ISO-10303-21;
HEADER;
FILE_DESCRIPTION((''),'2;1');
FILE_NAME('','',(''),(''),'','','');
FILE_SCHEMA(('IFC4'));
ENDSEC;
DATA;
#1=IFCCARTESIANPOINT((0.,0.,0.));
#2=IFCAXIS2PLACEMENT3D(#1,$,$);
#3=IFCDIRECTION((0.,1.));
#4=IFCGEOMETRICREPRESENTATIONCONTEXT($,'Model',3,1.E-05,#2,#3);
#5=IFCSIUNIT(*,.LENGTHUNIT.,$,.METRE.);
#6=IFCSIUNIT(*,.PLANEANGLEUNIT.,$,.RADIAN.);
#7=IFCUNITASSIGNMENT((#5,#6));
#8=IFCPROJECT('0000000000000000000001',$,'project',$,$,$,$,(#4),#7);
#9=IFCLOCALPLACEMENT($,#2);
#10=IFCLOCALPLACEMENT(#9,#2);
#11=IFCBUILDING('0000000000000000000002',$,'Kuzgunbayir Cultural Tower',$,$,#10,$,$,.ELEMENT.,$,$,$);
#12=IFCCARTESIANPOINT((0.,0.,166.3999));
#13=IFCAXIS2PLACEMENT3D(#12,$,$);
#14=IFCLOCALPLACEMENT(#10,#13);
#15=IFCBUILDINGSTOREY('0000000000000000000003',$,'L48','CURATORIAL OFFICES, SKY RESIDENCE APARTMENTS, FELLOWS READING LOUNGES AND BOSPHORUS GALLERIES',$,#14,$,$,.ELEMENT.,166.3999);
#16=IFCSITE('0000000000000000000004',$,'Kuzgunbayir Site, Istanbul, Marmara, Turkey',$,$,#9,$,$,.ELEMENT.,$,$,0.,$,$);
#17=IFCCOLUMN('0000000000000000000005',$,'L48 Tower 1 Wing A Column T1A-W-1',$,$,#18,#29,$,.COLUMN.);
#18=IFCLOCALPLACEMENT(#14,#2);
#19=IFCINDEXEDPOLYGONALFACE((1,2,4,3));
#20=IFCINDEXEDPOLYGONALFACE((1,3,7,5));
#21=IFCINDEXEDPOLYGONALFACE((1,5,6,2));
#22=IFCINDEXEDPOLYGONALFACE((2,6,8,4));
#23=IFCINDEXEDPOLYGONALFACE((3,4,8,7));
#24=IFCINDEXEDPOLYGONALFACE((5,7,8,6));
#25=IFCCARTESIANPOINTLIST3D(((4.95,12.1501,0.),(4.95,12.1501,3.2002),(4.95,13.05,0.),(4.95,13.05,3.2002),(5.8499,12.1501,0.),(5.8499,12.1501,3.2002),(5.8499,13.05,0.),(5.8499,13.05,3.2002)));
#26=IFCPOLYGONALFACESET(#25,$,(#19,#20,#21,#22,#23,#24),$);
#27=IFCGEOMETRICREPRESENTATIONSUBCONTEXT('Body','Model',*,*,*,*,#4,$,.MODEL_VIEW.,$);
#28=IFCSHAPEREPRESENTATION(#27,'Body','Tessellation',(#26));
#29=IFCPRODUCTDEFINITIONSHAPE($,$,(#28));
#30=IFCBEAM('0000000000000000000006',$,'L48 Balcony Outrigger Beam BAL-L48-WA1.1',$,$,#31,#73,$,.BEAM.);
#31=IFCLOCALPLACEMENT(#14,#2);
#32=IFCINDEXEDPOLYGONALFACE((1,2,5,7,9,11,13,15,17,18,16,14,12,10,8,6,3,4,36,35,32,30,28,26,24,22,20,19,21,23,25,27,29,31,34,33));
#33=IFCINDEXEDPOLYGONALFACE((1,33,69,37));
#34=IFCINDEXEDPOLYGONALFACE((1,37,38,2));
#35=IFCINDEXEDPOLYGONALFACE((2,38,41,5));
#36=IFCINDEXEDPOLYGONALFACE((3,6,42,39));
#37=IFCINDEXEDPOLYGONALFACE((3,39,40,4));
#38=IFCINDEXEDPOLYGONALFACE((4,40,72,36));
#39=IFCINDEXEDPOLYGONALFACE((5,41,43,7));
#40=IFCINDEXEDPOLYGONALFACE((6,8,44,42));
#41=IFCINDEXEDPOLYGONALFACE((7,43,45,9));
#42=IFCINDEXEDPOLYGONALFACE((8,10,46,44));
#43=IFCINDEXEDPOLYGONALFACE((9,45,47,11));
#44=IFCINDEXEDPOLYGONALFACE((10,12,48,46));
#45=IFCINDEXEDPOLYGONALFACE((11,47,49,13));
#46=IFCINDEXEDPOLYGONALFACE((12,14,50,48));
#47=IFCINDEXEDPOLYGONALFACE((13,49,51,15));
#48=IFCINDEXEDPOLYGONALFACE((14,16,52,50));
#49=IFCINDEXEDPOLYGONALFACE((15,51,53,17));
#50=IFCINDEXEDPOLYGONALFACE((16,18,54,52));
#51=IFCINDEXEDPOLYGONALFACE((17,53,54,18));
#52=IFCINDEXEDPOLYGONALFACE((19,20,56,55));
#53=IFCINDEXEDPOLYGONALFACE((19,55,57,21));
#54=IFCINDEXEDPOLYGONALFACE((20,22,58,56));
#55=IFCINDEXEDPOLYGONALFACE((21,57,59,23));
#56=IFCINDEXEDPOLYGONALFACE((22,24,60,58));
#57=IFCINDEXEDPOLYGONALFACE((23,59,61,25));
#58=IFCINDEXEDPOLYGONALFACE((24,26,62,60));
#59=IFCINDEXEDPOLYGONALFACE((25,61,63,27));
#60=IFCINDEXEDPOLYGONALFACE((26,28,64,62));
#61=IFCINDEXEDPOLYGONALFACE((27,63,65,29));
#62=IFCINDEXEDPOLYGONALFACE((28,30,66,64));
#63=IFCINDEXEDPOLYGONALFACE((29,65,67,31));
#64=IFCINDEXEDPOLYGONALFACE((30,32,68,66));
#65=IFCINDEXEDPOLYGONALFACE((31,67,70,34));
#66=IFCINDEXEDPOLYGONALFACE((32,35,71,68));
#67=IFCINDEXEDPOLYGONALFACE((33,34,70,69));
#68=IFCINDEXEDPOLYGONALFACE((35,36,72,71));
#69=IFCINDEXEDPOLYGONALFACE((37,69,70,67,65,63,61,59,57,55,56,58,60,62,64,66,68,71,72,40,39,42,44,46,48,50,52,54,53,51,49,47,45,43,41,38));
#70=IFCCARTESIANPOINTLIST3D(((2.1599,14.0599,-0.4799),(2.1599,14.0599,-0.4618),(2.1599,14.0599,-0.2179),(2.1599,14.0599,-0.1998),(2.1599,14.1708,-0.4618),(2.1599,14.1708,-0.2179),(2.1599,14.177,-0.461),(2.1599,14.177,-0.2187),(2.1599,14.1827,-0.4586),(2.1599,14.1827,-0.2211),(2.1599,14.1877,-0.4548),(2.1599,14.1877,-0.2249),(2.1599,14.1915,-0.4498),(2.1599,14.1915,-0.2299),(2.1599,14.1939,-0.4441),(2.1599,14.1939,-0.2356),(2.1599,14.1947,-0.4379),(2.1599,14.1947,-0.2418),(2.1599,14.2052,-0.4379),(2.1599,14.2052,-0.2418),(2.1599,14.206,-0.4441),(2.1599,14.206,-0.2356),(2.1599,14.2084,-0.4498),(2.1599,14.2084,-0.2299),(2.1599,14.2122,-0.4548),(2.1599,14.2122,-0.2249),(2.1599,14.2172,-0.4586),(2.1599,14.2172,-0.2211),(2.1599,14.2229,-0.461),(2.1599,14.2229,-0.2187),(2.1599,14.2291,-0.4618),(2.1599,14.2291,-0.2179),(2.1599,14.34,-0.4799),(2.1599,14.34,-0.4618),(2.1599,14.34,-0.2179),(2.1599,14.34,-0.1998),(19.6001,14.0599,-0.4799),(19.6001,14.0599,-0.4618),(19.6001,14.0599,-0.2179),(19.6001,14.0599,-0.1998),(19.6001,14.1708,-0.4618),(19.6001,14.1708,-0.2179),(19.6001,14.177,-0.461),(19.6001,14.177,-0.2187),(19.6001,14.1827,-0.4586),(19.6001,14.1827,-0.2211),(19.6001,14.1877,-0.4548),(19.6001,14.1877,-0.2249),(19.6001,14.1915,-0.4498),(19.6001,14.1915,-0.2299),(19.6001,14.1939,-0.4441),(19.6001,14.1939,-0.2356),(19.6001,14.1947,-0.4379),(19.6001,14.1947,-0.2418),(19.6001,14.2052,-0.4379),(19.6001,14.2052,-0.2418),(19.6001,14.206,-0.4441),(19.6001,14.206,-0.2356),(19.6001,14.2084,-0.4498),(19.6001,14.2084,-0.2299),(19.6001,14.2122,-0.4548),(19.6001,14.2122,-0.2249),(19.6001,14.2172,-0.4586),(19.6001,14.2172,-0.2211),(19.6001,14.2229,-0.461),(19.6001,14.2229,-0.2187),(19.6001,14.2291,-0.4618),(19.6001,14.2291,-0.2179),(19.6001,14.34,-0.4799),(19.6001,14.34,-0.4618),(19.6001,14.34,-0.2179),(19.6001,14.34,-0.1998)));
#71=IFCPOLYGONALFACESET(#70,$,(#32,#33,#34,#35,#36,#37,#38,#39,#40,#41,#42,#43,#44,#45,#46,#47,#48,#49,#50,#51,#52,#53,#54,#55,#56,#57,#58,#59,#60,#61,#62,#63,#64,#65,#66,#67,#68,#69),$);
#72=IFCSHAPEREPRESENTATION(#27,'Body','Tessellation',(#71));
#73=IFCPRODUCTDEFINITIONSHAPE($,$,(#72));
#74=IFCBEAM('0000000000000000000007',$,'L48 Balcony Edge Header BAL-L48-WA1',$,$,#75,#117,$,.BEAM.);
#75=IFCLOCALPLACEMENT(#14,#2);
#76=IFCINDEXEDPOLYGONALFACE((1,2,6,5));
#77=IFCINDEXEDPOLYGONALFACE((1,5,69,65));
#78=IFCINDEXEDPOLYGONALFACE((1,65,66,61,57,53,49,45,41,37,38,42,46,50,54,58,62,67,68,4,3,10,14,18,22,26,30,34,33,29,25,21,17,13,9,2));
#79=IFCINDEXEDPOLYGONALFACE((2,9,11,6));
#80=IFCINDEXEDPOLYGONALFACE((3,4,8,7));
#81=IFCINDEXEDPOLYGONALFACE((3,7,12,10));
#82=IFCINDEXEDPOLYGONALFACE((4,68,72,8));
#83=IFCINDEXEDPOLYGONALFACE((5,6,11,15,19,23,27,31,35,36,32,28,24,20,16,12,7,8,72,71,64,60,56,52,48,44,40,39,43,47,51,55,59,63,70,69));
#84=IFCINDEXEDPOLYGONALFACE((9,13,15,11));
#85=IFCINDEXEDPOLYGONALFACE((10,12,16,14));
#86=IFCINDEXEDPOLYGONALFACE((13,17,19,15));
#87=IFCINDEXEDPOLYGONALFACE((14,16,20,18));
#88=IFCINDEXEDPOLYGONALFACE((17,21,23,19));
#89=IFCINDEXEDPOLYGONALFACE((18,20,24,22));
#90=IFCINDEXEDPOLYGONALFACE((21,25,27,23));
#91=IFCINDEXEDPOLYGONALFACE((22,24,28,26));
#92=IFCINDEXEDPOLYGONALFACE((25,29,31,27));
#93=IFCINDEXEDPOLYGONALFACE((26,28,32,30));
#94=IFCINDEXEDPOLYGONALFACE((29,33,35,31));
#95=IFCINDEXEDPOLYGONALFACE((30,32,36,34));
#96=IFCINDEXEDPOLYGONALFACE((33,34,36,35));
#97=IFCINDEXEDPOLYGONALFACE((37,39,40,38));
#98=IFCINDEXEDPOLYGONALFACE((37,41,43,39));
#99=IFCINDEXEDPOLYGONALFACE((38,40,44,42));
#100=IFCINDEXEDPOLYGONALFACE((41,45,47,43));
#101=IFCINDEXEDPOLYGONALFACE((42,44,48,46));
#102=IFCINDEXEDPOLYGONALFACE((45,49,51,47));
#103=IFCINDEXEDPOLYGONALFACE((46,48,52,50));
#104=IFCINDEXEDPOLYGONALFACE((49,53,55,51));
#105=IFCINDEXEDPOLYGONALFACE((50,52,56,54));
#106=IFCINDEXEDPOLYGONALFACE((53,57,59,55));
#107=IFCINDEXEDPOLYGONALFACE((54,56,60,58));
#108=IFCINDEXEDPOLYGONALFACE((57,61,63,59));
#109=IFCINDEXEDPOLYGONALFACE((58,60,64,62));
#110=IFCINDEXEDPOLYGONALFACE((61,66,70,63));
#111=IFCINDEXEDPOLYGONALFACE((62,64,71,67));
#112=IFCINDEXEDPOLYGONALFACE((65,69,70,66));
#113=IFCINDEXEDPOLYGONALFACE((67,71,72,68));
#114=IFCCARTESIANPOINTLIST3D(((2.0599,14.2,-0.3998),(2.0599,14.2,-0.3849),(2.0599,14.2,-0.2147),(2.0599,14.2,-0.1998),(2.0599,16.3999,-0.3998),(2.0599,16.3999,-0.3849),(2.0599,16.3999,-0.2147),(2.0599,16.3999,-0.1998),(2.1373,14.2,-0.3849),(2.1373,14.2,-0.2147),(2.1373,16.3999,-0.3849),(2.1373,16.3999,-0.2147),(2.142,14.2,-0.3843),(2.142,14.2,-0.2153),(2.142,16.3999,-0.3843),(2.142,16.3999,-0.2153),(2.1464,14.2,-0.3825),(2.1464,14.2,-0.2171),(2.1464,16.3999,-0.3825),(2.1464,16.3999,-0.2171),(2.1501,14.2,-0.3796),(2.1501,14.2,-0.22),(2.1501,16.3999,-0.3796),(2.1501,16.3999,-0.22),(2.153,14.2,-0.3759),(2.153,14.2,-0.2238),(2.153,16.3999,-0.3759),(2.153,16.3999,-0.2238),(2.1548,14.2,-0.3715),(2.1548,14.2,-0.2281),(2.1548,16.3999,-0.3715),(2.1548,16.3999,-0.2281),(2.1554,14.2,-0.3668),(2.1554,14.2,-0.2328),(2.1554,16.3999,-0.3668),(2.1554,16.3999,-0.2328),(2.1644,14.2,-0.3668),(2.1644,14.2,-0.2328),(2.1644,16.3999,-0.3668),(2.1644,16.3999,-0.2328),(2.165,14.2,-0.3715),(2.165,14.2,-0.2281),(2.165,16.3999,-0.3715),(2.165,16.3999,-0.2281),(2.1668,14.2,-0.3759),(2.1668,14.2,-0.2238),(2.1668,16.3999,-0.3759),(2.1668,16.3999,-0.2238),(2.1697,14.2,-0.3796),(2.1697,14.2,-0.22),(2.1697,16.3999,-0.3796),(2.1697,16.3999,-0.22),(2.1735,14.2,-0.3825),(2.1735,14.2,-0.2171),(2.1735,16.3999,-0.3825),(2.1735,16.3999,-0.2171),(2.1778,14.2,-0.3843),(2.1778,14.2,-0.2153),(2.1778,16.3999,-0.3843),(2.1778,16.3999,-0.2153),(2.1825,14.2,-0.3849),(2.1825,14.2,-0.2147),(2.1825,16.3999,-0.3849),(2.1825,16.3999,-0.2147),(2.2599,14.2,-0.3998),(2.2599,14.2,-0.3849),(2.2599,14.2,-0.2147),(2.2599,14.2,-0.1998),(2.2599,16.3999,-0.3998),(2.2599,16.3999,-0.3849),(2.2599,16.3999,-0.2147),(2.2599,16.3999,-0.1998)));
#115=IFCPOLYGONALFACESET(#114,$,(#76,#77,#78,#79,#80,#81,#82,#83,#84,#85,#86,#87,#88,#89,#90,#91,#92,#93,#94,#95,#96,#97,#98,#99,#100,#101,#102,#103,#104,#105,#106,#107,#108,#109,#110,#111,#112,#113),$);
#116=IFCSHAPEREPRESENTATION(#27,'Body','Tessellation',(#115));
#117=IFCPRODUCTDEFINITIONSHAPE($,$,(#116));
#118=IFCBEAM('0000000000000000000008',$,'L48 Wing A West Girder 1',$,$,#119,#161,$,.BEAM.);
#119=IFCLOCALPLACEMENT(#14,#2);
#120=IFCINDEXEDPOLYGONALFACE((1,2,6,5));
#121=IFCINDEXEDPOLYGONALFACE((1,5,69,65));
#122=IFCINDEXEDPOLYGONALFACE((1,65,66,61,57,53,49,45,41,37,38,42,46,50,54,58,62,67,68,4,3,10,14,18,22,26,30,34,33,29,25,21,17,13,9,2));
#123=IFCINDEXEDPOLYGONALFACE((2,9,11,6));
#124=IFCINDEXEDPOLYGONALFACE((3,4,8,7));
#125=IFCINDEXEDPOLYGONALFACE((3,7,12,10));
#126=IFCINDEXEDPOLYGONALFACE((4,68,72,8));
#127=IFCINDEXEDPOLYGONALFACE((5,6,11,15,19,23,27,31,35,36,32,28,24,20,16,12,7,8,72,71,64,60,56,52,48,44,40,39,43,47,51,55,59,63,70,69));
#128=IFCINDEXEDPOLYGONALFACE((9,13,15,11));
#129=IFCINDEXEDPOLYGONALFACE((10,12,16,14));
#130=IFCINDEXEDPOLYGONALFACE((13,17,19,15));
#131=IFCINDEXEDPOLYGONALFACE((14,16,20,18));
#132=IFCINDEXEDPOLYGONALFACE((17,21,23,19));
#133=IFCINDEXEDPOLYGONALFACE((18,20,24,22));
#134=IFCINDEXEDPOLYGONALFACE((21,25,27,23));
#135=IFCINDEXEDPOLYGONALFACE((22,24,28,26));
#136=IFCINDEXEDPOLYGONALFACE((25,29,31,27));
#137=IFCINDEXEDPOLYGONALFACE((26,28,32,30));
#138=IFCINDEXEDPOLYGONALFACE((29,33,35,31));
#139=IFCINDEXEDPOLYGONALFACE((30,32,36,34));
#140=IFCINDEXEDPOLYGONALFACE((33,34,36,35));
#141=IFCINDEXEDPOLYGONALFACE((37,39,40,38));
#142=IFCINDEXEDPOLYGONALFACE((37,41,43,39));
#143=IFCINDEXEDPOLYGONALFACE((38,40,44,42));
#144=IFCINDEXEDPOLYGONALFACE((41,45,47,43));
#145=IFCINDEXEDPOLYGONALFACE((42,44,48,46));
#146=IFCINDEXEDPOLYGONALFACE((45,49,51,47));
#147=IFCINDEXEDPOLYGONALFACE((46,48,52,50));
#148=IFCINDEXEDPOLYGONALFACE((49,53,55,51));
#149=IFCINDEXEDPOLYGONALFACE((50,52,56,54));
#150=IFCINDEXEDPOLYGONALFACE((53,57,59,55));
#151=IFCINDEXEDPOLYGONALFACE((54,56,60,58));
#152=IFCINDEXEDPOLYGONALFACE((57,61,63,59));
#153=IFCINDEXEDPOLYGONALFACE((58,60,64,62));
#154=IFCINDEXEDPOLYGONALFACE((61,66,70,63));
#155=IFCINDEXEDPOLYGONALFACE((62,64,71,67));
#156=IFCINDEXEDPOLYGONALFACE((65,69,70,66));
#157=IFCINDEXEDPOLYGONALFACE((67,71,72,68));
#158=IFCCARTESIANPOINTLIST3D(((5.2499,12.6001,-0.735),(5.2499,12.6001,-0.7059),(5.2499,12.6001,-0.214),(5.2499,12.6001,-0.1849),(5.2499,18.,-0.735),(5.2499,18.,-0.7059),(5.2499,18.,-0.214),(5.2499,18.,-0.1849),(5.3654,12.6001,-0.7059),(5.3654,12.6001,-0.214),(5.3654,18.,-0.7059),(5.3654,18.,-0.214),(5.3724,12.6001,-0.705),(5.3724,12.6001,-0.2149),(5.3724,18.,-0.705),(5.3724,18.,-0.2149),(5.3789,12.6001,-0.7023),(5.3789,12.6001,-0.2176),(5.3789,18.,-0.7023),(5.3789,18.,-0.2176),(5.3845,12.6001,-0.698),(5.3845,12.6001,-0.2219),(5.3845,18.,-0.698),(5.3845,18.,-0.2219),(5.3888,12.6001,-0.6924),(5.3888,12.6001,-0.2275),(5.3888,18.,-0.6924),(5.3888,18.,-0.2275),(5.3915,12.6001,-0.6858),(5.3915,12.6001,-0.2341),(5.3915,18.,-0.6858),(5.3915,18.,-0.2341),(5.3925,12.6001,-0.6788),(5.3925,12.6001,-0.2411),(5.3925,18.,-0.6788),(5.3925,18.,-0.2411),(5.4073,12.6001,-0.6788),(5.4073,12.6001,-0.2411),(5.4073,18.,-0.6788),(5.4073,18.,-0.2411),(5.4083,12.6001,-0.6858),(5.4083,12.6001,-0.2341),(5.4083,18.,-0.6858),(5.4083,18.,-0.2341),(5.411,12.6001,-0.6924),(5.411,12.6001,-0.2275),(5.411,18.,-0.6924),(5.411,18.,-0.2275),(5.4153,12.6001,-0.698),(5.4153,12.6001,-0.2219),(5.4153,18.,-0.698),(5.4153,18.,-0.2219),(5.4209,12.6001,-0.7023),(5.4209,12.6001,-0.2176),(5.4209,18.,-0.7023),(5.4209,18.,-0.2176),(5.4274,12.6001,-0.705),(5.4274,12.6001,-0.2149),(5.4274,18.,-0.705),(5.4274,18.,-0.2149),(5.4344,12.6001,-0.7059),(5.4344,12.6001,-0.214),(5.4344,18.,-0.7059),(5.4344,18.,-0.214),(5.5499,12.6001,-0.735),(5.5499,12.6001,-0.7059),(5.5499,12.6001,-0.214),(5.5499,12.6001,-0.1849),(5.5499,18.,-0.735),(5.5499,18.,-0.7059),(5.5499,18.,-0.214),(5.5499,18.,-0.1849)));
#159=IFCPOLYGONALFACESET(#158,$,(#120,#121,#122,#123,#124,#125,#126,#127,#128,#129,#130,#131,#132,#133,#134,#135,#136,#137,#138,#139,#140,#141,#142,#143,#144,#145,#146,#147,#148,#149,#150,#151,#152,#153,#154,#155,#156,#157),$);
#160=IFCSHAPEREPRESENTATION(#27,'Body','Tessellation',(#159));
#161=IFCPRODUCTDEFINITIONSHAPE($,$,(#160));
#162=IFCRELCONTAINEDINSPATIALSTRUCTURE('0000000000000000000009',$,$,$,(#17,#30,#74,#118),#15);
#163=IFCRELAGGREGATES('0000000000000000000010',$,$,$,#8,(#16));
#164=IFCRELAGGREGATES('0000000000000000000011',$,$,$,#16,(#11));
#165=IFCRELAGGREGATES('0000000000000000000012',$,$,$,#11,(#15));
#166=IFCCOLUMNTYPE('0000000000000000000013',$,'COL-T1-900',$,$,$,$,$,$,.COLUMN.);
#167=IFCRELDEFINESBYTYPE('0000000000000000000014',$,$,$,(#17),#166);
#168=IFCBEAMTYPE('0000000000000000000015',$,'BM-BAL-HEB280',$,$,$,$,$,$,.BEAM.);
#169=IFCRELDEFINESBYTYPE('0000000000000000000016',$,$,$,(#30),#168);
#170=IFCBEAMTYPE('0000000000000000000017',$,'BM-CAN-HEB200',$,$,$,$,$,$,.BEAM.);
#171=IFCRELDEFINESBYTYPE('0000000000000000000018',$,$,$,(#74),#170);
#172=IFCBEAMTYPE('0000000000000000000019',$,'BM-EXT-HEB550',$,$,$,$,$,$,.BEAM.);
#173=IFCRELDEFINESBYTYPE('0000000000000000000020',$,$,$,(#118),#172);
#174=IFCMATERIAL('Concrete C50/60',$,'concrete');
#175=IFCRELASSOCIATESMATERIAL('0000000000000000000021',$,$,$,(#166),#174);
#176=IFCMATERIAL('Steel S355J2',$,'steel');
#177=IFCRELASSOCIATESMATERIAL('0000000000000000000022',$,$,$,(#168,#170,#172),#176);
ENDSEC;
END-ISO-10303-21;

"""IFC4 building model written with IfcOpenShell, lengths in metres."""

from ifc_helpers import new_model, si_unit, direction, frame, origin, origin_2d, place, context, subcontext, project, spatial, rectangle, i_section, extrude, material, material_profile, profile_set, type_object, element, save


model = new_model("IFC4")

# Units and contexts
model_context = context("Model", 3, precision=1e-05, world=origin(), true_north=direction((0.0, 1.0)))
body_context = subcontext(model_context, "Body", "Model", "MODEL_VIEW")
ifc_project = project(units=[si_unit("LENGTHUNIT", "METRE"), si_unit("PLANEANGLEUNIT", "RADIAN")], contexts=[model_context])

# Site, building, storey
site_placement = place(None, origin())
site = spatial("IfcSite", under=ifc_project, at=site_placement, Name="Kuzgunbayir Site, Istanbul, Marmara, Turkey", CompositionType="ELEMENT", RefElevation=0.0)
building_placement = place(site_placement, origin())
building = spatial("IfcBuilding", under=site, at=building_placement, Name="Kuzgunbayir Cultural Tower", CompositionType="ELEMENT")
storey_placement = place(building_placement, frame((0.0, 0.0, 166.3999)))
storey = spatial("IfcBuildingStorey", under=building, at=storey_placement, Name="L48", Description="CURATORIAL OFFICES, SKY RESIDENCE APARTMENTS, FELLOWS READING LOUNGES AND BOSPHORUS GALLERIES", CompositionType="ELEMENT", Elevation=166.3999)

# Column
ifc_material_1 = material(Name="Concrete C50/60", Category="concrete")
ifc_material_profile_1 = material_profile(ifc_material_1, rectangle(XDim=0.8999, YDim=0.8999, at=origin_2d()), Name="RC 900x900")
ifc_profile_set_1 = profile_set([ifc_material_profile_1], Name="Concrete C50/60")
column_type = type_object("IfcColumnType", Name="COL-T1-900", PredefinedType="COLUMN", material=ifc_profile_set_1)
column_placement = place(storey_placement, frame((5.3999, 12.6001, 0.0), z_axis=(0.0, 0.0, 1.0), x_axis=(1.0, 0.0, 0.0)))
element("IfcColumn", 1, at=column_placement, inside=storey, type_object=column_type, Name="L48 Tower 1 Wing A Column T1A-W-1", PredefinedType="COLUMN", context=body_context, shape_type="SweptSolid", body=[
    extrude(rectangle(XDim=0.8999, YDim=0.8999, at=origin_2d()), origin(), (0.0, 0.0, 1.0), 3.2002),
])

# Beams
ifc_material_2 = material(Name="Steel S355J2", Category="steel")
ifc_material_profile_2 = material_profile(ifc_material_2, i_section(OverallWidth=0.28, OverallDepth=0.28, WebThickness=0.0105, FlangeThickness=0.0181, FilletRadius=0.0239, at=origin_2d()), Name="HEB 280")
ifc_profile_set_2 = profile_set([ifc_material_profile_2], Name="Steel S355J2")
beam_type_1 = type_object("IfcBeamType", Name="BM-BAL-HEB280", PredefinedType="BEAM", material=ifc_profile_set_2)
beam_1_placement = place(storey_placement, frame((2.1599, 14.2, -0.3398), z_axis=(1.0, 0.0, 0.0), x_axis=(0.0, 1.0, 0.0)))
element("IfcBeam", 2, at=beam_1_placement, inside=storey, type_object=beam_type_1, Name="L48 Balcony Outrigger Beam BAL-L48-WA1.1", PredefinedType="BEAM", context=body_context, shape_type="SweptSolid", body=[
    extrude(i_section(OverallWidth=0.28, OverallDepth=0.28, WebThickness=0.0105, FlangeThickness=0.0181, FilletRadius=0.0239, at=origin_2d()), origin(), (0.0, 0.0, 1.0), 17.4402),
])
ifc_material_profile_3 = material_profile(ifc_material_2, i_section(OverallWidth=0.2, OverallDepth=0.2, WebThickness=0.009, FlangeThickness=0.0149, FilletRadius=0.0181, at=origin_2d()), Name="HEB 200")
ifc_profile_set_3 = profile_set([ifc_material_profile_3], Name="Steel S355J2")
beam_type_2 = type_object("IfcBeamType", Name="BM-CAN-HEB200", PredefinedType="BEAM", material=ifc_profile_set_3)
beam_2_placement = place(storey_placement, frame((2.1599, 14.2, -0.2998), z_axis=(0.0, 1.0, 0.0), x_axis=(-1.0, 0.0, 0.0)))
element("IfcBeam", 3, at=beam_2_placement, inside=storey, type_object=beam_type_2, Name="L48 Balcony Edge Header BAL-L48-WA1", PredefinedType="BEAM", context=body_context, shape_type="SweptSolid", body=[
    extrude(i_section(OverallWidth=0.2, OverallDepth=0.2, WebThickness=0.009, FlangeThickness=0.0149, FilletRadius=0.0181, at=origin_2d()), origin(), (0.0, 0.0, 1.0), 2.2),
])
ifc_material_profile_4 = material_profile(ifc_material_2, i_section(OverallWidth=0.3, OverallDepth=0.55, WebThickness=0.0149, FlangeThickness=0.0291, FilletRadius=0.0271, at=origin_2d()), Name="HEB 550")
ifc_profile_set_4 = profile_set([ifc_material_profile_4], Name="Steel S355J2")
beam_type_3 = type_object("IfcBeamType", Name="BM-EXT-HEB550", PredefinedType="BEAM", material=ifc_profile_set_4)
beam_3_placement = place(storey_placement, frame((5.3999, 12.6001, -0.46), z_axis=(0.0, 1.0, 0.0), x_axis=(-1.0, 0.0, 0.0)))
element("IfcBeam", 4, at=beam_3_placement, inside=storey, type_object=beam_type_3, Name="L48 Wing A West Girder 1", PredefinedType="BEAM", context=body_context, shape_type="SweptSolid", body=[
    extrude(i_section(OverallWidth=0.3, OverallDepth=0.55, WebThickness=0.0149, FlangeThickness=0.0291, FilletRadius=0.0271, at=origin_2d()), origin(), (0.0, 0.0, 1.0), 5.3999),
])

save(model, "model.ifc")
